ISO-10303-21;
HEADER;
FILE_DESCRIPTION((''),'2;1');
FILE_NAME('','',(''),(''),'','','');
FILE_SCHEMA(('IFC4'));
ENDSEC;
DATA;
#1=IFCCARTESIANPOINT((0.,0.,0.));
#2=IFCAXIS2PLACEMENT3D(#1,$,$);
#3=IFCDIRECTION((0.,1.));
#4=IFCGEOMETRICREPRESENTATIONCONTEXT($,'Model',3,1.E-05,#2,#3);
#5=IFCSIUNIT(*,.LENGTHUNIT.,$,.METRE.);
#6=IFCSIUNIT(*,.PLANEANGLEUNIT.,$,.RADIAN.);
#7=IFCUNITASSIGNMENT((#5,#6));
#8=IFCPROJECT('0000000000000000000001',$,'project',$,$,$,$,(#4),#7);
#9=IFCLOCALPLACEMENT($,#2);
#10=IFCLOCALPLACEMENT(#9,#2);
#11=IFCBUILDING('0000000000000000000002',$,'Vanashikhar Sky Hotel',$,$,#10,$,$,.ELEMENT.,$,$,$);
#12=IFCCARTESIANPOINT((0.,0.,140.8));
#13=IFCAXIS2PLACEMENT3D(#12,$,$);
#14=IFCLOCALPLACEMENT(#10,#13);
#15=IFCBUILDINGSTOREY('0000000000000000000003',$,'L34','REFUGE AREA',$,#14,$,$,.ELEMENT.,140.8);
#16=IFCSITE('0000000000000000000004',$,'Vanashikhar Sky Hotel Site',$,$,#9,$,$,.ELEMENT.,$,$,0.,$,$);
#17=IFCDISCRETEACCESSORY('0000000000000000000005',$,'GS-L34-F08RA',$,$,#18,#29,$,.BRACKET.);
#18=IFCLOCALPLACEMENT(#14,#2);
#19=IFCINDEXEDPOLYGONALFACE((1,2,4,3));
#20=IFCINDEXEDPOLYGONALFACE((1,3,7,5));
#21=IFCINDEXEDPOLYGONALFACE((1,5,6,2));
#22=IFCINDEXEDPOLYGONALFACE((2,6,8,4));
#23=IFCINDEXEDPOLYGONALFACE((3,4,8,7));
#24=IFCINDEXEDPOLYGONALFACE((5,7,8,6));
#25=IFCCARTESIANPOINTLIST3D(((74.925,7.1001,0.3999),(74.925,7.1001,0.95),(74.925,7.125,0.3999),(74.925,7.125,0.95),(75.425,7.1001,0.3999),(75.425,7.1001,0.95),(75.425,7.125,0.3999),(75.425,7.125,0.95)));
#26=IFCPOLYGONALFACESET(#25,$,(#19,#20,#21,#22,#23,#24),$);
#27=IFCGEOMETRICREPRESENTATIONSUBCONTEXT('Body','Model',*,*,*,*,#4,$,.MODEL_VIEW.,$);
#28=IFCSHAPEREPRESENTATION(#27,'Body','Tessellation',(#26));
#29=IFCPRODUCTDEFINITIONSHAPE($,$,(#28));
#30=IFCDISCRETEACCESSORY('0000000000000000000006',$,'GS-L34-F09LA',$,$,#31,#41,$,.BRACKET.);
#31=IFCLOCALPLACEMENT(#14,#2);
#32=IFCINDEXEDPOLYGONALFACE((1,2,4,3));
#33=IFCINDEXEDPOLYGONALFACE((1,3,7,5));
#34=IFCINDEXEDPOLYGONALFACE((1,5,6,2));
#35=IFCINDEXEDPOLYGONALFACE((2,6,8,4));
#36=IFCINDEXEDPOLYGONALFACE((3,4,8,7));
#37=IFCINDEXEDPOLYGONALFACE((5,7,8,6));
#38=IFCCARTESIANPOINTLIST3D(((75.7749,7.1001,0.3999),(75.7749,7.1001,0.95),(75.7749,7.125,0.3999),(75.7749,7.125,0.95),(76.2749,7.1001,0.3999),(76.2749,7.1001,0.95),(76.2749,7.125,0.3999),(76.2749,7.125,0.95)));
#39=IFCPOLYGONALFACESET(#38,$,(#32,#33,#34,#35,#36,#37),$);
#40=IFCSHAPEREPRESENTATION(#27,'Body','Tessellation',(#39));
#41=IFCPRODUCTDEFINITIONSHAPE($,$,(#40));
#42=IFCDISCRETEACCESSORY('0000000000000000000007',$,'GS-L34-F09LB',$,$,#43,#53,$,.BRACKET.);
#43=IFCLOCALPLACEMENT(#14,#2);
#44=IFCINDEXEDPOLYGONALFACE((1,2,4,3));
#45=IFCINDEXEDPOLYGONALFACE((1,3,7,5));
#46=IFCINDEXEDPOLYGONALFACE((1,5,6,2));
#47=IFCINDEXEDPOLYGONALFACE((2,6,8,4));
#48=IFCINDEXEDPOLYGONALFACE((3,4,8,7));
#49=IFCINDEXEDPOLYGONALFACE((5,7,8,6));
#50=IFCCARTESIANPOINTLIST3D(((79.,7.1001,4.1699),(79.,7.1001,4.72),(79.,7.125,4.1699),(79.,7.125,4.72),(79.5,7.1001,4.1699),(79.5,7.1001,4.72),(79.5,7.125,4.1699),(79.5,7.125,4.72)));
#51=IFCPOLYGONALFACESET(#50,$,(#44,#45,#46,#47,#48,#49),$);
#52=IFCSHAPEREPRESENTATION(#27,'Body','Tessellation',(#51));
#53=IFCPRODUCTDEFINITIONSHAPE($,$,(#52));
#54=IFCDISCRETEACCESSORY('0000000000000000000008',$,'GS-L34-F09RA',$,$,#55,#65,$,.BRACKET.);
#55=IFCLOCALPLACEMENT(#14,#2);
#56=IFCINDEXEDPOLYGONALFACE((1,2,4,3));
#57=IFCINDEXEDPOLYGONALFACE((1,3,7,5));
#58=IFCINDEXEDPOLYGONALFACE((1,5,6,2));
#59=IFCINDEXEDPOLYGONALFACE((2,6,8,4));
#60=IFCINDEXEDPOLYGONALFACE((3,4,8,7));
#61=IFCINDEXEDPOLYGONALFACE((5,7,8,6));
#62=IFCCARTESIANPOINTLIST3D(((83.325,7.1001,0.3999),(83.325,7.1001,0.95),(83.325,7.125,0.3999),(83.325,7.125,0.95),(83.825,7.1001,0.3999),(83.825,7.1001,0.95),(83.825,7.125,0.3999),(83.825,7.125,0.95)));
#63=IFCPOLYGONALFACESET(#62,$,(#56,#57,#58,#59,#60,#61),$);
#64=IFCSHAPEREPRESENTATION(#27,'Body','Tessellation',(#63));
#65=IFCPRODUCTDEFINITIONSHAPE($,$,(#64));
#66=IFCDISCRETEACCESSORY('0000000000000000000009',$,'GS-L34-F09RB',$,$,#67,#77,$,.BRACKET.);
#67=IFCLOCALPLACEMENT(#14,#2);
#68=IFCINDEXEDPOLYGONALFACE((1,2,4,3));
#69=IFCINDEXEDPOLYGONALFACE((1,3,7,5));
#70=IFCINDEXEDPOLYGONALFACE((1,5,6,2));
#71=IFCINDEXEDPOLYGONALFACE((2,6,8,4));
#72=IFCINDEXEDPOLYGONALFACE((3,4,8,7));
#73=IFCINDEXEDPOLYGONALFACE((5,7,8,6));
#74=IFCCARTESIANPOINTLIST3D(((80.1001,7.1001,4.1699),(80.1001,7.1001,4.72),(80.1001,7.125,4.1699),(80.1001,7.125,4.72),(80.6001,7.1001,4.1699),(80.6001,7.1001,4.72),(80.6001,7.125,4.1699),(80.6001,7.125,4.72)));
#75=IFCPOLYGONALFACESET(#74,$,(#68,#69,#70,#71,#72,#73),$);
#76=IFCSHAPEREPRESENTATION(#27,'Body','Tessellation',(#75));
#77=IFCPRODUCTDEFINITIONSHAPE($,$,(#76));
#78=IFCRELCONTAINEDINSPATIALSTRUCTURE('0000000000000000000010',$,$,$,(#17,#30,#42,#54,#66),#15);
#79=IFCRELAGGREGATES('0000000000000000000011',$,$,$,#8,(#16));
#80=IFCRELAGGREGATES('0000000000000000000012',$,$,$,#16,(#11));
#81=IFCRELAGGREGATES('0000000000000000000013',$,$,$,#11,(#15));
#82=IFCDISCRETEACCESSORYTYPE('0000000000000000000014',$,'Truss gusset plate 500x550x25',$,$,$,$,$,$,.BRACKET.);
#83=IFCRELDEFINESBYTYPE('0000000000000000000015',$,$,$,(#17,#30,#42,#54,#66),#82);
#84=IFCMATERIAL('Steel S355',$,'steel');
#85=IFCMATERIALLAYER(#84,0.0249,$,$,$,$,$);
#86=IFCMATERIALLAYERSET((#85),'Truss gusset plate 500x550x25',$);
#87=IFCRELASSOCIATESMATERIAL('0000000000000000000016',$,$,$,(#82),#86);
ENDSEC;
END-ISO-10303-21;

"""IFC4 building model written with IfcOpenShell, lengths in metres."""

from ifc_helpers import new_model, si_unit, direction, frame, origin, origin_2d, place, context, subcontext, project, spatial, rectangle, extrude, source, transform, mapped, material, layer, layer_set, type_object, element, save


model = new_model("IFC4")

# Units and contexts
model_context = context("Model", 3, precision=1e-05, world=origin(), true_north=direction((0.0, 1.0)))
body_context = subcontext(model_context, "Body", "Model", "MODEL_VIEW")
ifc_project = project(units=[si_unit("LENGTHUNIT", "METRE"), si_unit("PLANEANGLEUNIT", "RADIAN")], contexts=[model_context])

# Site, building, storey
site_placement = place(None, origin())
site = spatial("IfcSite", under=ifc_project, at=site_placement, Name="Vanashikhar Sky Hotel Site", CompositionType="ELEMENT", RefElevation=0.0)
building_placement = place(site_placement, origin())
building = spatial("IfcBuilding", under=site, at=building_placement, Name="Vanashikhar Sky Hotel", CompositionType="ELEMENT")
storey_placement = place(building_placement, frame((0.0, 0.0, 140.8)))
storey = spatial("IfcBuildingStorey", under=building, at=storey_placement, Name="L34", Description="REFUGE AREA", CompositionType="ELEMENT", Elevation=140.8)

# Shared definitions
ifc_material_1 = material(Name="Steel S355", Category="steel")

# Discrete accessories
ifc_layer_1 = layer(ifc_material_1, 0.0249)
ifc_layer_set_1 = layer_set([ifc_layer_1], Name="Truss gusset plate 500x550x25")
discrete_accessory_type_1 = type_object("IfcDiscreteAccessoryType", Name="Truss gusset plate 500x550x25", PredefinedType="BRACKET", material=ifc_layer_set_1)
shared_shape_1 = source(origin(), body_context, "Body", "SweptSolid", [
    extrude(rectangle(XDim=0.5, YDim=0.0249, at=origin_2d()), origin(), (0.0, 0.0, 1.0), 0.55),
])
for number, where, z_axis, x_axis, name in (
    (1, (75.175, 7.1125, 0.3999), (0.0, 0.0, 1.0), (1.0, 0.0, 0.0), "GS-L34-F08RA"),
    (2, (76.0249, 7.1125, 0.3999), (0.0, 0.0, 1.0), (1.0, 0.0, 0.0), "GS-L34-F09LA"),
    (3, (79.25, 7.1125, 4.1699), (0.0, 0.0, 1.0), (1.0, 0.0, 0.0), "GS-L34-F09LB"),
    (4, (83.575, 7.1125, 0.3999), (0.0, 0.0, 1.0), (1.0, 0.0, 0.0), "GS-L34-F09RA"),
    (5, (80.3501, 7.1125, 4.1699), (0.0, 0.0, 1.0), (1.0, 0.0, 0.0), "GS-L34-F09RB"),
):
    element("IfcDiscreteAccessory", number, at=place(storey_placement, frame(where, z_axis=z_axis, x_axis=x_axis)), inside=storey, type_object=discrete_accessory_type_1, Name=name, PredefinedType="BRACKET", context=body_context, shape_type="MappedRepresentation", body=[
        mapped(shared_shape_1, transform((0.0, 0.0, 0.0), scale=1.0)),
    ])

save(model, "model.ifc")
